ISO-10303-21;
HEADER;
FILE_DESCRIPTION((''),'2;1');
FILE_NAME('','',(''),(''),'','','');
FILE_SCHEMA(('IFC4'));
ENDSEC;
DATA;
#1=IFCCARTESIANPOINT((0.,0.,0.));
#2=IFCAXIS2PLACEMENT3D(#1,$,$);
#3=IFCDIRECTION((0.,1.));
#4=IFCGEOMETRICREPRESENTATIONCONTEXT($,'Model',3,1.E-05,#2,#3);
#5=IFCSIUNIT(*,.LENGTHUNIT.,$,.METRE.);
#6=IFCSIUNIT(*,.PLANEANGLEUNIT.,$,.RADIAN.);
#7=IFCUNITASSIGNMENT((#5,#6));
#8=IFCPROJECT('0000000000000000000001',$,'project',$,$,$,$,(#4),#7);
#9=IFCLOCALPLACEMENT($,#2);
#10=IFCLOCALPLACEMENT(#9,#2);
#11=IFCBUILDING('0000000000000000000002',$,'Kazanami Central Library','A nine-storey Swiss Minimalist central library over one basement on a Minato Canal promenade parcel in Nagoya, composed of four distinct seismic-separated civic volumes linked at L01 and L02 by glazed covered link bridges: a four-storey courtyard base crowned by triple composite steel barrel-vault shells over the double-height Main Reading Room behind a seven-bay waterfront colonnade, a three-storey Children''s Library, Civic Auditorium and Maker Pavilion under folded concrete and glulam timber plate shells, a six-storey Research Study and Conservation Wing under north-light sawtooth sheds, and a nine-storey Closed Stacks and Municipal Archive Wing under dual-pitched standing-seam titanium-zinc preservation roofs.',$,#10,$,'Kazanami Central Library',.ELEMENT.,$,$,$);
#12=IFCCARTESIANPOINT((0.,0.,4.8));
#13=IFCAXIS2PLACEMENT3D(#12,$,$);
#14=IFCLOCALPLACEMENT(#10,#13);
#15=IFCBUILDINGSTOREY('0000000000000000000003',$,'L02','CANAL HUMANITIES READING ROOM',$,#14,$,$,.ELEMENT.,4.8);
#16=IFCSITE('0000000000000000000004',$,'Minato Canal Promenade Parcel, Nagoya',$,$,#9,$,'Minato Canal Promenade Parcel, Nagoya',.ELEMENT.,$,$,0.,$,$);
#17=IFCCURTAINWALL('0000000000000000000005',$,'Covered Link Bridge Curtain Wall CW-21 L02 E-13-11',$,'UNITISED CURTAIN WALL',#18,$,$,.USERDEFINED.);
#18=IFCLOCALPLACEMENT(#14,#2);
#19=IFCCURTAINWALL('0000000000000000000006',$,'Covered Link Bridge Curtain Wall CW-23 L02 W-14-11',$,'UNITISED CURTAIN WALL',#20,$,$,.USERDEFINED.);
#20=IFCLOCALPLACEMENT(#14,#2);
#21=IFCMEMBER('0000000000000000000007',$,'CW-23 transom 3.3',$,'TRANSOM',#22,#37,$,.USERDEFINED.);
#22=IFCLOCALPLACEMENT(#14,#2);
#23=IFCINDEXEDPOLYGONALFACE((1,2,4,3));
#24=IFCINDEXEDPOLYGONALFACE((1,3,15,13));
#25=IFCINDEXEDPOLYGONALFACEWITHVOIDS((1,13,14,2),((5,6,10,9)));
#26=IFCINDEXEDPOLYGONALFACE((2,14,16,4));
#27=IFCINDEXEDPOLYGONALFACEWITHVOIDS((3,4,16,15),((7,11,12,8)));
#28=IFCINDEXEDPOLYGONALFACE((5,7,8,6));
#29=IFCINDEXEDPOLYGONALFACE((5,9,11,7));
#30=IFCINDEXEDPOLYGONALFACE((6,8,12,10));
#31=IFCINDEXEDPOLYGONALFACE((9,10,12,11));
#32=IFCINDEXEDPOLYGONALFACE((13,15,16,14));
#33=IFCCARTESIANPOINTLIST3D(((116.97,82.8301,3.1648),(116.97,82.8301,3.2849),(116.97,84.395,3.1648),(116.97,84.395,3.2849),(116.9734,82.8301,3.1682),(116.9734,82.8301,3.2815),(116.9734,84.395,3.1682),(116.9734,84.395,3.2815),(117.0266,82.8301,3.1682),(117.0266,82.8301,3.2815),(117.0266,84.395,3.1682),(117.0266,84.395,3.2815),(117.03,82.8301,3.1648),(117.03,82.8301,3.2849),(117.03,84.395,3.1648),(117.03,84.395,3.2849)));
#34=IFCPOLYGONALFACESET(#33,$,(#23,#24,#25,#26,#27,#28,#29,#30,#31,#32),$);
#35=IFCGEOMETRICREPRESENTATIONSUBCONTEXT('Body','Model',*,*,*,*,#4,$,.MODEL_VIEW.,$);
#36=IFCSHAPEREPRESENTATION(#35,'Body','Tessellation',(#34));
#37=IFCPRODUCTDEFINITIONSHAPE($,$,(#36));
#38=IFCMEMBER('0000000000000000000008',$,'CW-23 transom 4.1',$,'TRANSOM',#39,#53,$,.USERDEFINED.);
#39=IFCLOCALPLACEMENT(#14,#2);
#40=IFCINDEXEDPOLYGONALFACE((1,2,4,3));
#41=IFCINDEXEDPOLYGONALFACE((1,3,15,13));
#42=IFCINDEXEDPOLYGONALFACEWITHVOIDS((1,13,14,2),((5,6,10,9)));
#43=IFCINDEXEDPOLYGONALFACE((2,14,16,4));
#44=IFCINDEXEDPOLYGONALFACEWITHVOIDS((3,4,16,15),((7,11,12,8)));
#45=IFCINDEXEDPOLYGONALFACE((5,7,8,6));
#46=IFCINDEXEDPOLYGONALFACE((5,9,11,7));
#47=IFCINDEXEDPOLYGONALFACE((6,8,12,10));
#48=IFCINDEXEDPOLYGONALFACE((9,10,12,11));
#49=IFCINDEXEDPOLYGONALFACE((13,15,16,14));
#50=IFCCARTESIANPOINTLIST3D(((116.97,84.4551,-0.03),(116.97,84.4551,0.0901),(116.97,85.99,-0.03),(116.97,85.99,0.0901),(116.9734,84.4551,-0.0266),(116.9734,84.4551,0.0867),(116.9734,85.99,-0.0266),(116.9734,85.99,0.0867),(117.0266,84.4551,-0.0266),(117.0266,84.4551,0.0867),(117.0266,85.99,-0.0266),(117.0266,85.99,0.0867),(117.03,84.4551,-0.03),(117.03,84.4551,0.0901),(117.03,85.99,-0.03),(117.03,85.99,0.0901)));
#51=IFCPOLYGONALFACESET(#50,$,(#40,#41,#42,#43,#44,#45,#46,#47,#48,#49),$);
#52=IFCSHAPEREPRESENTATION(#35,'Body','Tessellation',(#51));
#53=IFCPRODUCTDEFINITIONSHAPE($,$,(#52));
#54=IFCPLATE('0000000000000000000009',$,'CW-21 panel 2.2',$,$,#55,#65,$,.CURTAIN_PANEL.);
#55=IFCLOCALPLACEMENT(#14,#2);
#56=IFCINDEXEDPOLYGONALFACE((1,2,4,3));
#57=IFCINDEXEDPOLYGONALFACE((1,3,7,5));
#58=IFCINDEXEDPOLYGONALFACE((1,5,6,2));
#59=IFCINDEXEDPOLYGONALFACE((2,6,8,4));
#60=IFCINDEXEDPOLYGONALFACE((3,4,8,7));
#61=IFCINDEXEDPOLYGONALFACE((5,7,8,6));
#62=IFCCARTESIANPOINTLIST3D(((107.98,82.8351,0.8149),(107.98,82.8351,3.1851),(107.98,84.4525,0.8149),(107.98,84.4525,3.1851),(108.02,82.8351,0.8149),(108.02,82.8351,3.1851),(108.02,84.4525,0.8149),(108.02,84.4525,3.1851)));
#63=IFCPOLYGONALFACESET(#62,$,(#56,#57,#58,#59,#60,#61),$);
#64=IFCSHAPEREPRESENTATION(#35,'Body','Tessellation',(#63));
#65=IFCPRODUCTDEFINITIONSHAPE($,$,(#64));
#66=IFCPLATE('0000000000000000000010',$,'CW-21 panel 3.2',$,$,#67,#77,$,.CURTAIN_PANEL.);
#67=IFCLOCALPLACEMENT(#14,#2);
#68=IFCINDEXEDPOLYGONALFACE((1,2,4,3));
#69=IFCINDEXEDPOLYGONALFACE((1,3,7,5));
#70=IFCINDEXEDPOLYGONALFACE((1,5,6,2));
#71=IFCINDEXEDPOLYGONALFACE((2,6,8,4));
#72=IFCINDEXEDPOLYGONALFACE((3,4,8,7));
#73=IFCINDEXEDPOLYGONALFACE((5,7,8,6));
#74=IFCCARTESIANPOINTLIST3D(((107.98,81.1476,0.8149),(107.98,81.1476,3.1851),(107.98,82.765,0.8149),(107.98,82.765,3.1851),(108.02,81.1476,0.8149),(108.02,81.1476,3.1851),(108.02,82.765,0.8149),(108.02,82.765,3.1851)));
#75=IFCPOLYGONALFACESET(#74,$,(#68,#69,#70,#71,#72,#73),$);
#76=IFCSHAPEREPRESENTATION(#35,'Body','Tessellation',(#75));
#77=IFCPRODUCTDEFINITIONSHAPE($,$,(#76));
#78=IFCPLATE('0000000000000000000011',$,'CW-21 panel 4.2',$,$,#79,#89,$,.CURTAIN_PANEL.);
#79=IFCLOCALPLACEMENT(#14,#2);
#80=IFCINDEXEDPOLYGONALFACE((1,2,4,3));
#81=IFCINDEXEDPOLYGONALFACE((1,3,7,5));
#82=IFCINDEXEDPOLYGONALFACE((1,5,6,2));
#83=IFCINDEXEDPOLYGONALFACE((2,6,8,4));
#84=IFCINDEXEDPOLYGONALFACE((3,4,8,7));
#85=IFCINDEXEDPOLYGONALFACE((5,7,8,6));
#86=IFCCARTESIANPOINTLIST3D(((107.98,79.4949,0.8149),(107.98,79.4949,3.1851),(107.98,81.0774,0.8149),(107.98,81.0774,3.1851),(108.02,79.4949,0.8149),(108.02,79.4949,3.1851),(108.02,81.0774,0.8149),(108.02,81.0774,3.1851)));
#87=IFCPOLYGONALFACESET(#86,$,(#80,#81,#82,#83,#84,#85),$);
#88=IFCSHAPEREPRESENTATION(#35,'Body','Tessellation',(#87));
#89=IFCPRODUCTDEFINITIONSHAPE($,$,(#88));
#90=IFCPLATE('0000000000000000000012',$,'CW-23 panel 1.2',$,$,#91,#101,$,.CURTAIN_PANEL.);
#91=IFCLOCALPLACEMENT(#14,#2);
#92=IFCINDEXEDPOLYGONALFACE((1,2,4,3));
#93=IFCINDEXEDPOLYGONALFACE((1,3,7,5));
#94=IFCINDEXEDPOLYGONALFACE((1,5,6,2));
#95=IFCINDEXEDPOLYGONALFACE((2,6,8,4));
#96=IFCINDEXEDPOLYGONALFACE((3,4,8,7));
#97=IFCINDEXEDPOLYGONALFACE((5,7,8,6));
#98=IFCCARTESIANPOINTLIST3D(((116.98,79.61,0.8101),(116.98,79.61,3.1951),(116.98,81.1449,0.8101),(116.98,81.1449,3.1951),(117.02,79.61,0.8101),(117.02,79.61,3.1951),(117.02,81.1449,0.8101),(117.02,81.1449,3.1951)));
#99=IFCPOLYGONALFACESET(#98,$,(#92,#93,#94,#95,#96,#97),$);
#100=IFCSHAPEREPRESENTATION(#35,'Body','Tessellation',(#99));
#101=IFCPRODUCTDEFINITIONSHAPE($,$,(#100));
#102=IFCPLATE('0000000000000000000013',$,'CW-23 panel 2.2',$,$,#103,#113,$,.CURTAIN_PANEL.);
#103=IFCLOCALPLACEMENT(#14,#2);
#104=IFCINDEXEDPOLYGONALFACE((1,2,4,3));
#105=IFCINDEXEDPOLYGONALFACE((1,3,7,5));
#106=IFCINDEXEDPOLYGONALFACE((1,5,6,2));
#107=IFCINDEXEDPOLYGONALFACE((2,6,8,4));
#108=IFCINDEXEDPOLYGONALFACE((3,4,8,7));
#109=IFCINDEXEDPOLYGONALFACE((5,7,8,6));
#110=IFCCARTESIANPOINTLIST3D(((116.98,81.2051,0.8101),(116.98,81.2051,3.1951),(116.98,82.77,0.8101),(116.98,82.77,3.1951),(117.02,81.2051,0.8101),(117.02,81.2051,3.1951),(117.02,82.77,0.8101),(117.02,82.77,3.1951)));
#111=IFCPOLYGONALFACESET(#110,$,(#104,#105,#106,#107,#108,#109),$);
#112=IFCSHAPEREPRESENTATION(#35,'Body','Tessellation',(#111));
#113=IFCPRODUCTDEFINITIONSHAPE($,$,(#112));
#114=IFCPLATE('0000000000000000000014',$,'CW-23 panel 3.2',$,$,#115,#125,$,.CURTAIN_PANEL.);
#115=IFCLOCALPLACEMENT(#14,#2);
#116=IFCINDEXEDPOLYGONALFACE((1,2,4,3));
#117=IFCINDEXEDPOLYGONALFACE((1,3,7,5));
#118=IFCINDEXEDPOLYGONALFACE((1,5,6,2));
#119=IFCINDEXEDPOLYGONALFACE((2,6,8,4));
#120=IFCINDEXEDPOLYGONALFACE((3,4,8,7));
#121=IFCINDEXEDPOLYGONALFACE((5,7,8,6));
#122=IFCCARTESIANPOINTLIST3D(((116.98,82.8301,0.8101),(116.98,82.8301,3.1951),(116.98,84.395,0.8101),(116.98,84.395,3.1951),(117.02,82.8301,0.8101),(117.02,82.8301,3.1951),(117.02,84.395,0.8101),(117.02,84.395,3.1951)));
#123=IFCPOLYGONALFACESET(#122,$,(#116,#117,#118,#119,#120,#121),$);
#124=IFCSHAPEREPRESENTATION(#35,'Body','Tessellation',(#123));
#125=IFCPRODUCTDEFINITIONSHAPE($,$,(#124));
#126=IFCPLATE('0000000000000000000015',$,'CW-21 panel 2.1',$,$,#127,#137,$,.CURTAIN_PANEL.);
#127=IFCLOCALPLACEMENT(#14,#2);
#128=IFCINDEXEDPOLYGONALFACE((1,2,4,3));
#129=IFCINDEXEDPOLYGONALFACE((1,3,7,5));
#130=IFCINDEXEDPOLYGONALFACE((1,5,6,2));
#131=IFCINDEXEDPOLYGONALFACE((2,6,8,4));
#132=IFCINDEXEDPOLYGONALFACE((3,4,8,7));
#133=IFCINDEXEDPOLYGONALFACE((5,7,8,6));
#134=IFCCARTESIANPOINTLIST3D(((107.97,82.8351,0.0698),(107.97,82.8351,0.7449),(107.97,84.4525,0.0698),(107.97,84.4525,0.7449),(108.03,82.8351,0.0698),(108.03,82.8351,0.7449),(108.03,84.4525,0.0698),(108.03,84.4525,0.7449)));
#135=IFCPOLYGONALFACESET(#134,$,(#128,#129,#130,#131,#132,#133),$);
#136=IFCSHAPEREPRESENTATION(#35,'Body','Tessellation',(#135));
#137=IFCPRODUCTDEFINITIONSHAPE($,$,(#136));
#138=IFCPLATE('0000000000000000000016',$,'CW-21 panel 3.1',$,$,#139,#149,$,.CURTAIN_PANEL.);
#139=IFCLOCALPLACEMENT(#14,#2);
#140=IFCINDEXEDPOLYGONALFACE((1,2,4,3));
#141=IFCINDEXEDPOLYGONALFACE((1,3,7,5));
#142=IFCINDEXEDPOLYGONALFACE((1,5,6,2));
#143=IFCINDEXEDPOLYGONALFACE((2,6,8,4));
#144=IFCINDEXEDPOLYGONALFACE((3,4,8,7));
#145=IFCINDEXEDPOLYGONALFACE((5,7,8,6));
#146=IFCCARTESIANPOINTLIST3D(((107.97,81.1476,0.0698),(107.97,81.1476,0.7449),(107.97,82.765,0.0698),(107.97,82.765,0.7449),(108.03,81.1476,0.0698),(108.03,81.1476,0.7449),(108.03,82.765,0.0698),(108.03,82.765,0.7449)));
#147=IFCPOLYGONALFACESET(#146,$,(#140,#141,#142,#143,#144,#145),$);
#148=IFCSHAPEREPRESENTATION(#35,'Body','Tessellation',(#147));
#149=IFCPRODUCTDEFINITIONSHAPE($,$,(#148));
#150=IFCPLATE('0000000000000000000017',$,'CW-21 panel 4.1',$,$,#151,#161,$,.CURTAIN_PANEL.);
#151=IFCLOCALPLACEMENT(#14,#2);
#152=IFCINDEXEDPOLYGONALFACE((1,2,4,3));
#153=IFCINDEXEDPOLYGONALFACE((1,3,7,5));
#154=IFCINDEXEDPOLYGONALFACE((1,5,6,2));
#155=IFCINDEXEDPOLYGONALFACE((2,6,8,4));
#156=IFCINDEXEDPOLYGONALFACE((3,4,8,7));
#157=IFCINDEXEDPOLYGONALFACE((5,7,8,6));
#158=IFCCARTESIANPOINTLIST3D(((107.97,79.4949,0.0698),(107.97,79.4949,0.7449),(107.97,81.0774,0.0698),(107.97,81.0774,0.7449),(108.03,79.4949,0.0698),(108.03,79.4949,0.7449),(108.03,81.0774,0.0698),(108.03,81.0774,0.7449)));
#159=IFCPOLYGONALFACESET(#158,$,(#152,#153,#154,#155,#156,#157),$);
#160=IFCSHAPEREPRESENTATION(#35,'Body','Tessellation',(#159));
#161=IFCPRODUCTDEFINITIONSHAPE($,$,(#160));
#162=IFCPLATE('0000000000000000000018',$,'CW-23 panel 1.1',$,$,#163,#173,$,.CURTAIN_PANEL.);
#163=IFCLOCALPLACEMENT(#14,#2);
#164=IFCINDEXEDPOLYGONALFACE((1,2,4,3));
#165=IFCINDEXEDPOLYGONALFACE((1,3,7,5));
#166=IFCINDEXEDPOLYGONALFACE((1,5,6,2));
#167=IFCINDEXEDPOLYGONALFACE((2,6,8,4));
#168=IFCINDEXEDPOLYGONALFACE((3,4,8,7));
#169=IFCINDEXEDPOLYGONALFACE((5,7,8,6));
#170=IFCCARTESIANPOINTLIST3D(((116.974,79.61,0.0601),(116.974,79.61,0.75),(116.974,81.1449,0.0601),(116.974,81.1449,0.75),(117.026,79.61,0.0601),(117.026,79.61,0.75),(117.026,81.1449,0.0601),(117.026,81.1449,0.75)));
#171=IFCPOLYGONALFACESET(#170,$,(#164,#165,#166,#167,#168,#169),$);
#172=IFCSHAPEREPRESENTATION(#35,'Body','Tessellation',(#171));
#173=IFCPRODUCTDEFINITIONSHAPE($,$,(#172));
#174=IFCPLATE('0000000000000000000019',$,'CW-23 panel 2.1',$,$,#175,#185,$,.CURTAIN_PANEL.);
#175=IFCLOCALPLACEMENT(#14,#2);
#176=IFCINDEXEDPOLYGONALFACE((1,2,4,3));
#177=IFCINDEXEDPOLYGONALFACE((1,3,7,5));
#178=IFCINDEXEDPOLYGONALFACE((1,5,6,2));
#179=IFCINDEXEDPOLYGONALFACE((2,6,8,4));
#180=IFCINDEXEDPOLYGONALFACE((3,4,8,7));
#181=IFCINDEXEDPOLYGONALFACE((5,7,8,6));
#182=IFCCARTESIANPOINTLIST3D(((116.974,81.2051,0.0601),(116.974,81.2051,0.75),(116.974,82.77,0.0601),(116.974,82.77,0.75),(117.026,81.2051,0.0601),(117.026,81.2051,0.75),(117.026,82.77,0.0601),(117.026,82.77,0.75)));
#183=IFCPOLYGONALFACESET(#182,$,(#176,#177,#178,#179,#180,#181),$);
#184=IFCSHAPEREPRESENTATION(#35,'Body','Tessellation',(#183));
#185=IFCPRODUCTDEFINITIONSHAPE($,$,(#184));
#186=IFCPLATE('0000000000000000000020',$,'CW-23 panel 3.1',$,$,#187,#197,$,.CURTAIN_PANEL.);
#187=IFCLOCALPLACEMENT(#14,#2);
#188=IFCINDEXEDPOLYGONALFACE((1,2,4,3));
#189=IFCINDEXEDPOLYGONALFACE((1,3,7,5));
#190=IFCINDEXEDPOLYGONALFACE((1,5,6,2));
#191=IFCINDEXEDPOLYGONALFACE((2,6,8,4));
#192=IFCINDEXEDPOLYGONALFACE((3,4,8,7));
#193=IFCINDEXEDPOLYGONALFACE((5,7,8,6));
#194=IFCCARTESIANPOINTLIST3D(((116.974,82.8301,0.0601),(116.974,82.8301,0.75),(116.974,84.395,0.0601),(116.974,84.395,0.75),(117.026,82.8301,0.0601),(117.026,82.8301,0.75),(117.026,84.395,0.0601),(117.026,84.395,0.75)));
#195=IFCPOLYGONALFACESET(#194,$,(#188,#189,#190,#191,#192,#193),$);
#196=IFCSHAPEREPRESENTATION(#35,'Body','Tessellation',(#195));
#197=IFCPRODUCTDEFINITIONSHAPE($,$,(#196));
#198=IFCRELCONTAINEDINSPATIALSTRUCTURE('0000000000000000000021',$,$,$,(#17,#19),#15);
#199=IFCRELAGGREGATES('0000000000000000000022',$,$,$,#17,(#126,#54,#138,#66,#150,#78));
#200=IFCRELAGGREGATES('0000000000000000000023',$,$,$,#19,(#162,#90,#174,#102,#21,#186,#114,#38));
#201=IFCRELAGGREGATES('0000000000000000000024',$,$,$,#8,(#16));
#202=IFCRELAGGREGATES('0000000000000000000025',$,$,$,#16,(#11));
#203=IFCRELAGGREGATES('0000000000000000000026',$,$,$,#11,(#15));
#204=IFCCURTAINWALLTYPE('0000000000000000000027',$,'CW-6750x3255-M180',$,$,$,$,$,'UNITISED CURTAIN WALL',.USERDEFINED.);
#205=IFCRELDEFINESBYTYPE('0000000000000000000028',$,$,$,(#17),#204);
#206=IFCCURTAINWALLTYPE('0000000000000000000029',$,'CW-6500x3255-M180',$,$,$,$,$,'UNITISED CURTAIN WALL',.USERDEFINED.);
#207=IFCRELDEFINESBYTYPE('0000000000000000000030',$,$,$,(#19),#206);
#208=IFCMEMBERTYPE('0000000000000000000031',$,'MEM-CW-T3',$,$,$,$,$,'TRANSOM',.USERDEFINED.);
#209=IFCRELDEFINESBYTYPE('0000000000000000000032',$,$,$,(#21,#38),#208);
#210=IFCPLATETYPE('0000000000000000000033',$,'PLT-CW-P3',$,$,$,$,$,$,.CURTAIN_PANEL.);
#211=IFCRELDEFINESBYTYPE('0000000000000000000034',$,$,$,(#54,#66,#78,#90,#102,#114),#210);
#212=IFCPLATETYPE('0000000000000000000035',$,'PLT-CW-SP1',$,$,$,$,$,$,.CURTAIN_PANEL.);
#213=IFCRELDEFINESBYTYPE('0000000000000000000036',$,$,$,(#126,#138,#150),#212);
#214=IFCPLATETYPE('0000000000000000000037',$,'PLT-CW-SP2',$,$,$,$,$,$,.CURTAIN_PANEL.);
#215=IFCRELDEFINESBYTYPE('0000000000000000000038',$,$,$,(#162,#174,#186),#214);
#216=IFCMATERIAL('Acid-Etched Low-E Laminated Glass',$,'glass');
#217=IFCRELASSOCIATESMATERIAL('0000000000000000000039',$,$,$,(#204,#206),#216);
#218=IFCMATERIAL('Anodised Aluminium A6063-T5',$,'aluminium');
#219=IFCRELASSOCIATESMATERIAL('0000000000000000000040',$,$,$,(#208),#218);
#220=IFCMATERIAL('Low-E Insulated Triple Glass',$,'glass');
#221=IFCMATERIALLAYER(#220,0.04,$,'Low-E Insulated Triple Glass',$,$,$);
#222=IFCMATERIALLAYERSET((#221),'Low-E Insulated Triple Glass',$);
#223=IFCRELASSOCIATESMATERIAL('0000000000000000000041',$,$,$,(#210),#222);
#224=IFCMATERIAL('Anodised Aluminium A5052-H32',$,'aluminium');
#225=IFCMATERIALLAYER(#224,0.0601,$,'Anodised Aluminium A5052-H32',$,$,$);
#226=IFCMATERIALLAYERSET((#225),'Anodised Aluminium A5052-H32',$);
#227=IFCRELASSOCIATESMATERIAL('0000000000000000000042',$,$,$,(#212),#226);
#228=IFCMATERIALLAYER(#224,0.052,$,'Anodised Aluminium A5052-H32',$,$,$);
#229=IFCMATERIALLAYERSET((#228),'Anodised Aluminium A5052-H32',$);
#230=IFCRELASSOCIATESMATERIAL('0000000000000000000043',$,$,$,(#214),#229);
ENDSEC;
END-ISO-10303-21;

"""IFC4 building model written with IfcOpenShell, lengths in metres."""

from ifc_helpers import new_model, si_unit, direction, frame, origin, origin_2d, place, context, subcontext, project, spatial, rectangle, hollow_rectangle, extrude, material, layer, layer_set, material_profile, profile_set, type_object, element, aggregate, save


model = new_model("IFC4")

# Units and contexts
model_context = context("Model", 3, precision=1e-05, world=origin(), true_north=direction((0.0, 1.0)))
body_context = subcontext(model_context, "Body", "Model", "MODEL_VIEW")
ifc_project = project(units=[si_unit("LENGTHUNIT", "METRE"), si_unit("PLANEANGLEUNIT", "RADIAN")], contexts=[model_context])

# Site, building, storey
site_placement = place(None, origin())
site = spatial("IfcSite", under=ifc_project, at=site_placement, Name="Minato Canal Promenade Parcel, Nagoya", LongName="Minato Canal Promenade Parcel, Nagoya", CompositionType="ELEMENT", RefElevation=0.0)
building_placement = place(site_placement, origin())
building = spatial("IfcBuilding", under=site, at=building_placement, Name="Kazanami Central Library", Description="A nine-storey Swiss Minimalist central library over one basement on a Minato Canal promenade parcel in Nagoya, composed of four distinct seismic-separated civic volumes linked at L01 and L02 by glazed covered link bridges: a four-storey courtyard base crowned by triple composite steel barrel-vault shells over the double-height Main Reading Room behind a seven-bay waterfront colonnade, a three-storey Children's Library, Civic Auditorium and Maker Pavilion under folded concrete and glulam timber plate shells, a six-storey Research Study and Conservation Wing under north-light sawtooth sheds, and a nine-storey Closed Stacks and Municipal Archive Wing under dual-pitched standing-seam titanium-zinc preservation roofs.", LongName="Kazanami Central Library", CompositionType="ELEMENT")
storey_placement = place(building_placement, frame((0.0, 0.0, 4.8)))
storey = spatial("IfcBuildingStorey", under=building, at=storey_placement, Name="L02", Description="CANAL HUMANITIES READING ROOM", CompositionType="ELEMENT", Elevation=4.8)

# Curtain walls
ifc_material_1 = material(Name="Acid-Etched Low-E Laminated Glass", Category="glass")
curtain_wall_type_1 = type_object("IfcCurtainWallType", Name="CW-6750x3255-M180", ElementType="UNITISED CURTAIN WALL", PredefinedType="USERDEFINED", material=ifc_material_1)
curtain_wall_1_placement = place(storey_placement, origin())
curtain_wall_1 = element("IfcCurtainWall", 1, at=curtain_wall_1_placement, inside=storey, type_object=curtain_wall_type_1, Name="Covered Link Bridge Curtain Wall CW-21 L02 E-13-11", ObjectType="UNITISED CURTAIN WALL", PredefinedType="USERDEFINED")
ifc_material_2 = material(Name="Anodised Aluminium A6063-T5", Category="aluminium")
curtain_wall_type_2 = type_object("IfcCurtainWallType", Name="CW-6500x3255-M180", ElementType="UNITISED CURTAIN WALL", PredefinedType="USERDEFINED", material=ifc_material_1)
curtain_wall_2_placement = place(storey_placement, origin())
curtain_wall_2 = element("IfcCurtainWall", 2, at=curtain_wall_2_placement, inside=storey, type_object=curtain_wall_type_2, Name="Covered Link Bridge Curtain Wall CW-23 L02 W-14-11", ObjectType="UNITISED CURTAIN WALL", PredefinedType="USERDEFINED")

# Members
ifc_material_profile_1 = material_profile(ifc_material_2, hollow_rectangle(XDim=0.0601, YDim=0.1201, WallThickness=0.0034, at=origin_2d()), Name="ALU-TRAN-60x120x3.5")
ifc_profile_set_1 = profile_set([ifc_material_profile_1], Name="Anodised Aluminium A6063-T5")
member_type_1 = type_object("IfcMemberType", Name="MEM-CW-T3", ElementType="TRANSOM", PredefinedType="USERDEFINED", material=ifc_profile_set_1)
member_1_placement = place(storey_placement, frame((117.0, 82.8301, 3.2249), z_axis=(0.0, 1.0, 0.0), x_axis=(-1.0, 0.0, 0.0)))
member_1 = element("IfcMember", 3, at=member_1_placement, type_object=member_type_1, Name="CW-23 transom 3.3", ObjectType="TRANSOM", PredefinedType="USERDEFINED", context=body_context, shape_type="SweptSolid", body=[
    extrude(hollow_rectangle(XDim=0.0601, YDim=0.1201, WallThickness=0.0034, at=origin_2d()), origin(), (0.0, 0.0, 1.0), 1.5649),
])
member_2_placement = place(storey_placement, frame((117.0, 84.4551, 0.03), z_axis=(0.0, 1.0, 0.0), x_axis=(-1.0, 0.0, 0.0)))
member_2 = element("IfcMember", 4, at=member_2_placement, type_object=member_type_1, Name="CW-23 transom 4.1", ObjectType="TRANSOM", PredefinedType="USERDEFINED", context=body_context, shape_type="SweptSolid", body=[
    extrude(hollow_rectangle(XDim=0.0601, YDim=0.1201, WallThickness=0.0034, at=origin_2d()), origin(), (0.0, 0.0, 1.0), 1.5349),
])

# Plates
ifc_material_3 = material(Name="Low-E Insulated Triple Glass", Category="glass")
ifc_layer_1 = layer(ifc_material_3, 0.04, Name="Low-E Insulated Triple Glass")
ifc_layer_set_1 = layer_set([ifc_layer_1], Name="Low-E Insulated Triple Glass")
plate_type_1 = type_object("IfcPlateType", Name="PLT-CW-P3", PredefinedType="CURTAIN_PANEL", material=ifc_layer_set_1)
plate_1_placement = place(storey_placement, frame((108.0, 83.6438, 0.8149), z_axis=(0.0, 0.0, 1.0), x_axis=(0.0, -1.0, 0.0)))
plate_1 = element("IfcPlate", 5, at=plate_1_placement, type_object=plate_type_1, Name="CW-21 panel 2.2", PredefinedType="CURTAIN_PANEL", context=body_context, shape_type="SweptSolid", body=[
    extrude(rectangle(XDim=1.6174, YDim=0.04, at=origin_2d()), origin(), (0.0, 0.0, 1.0), 2.3701),
])
plate_2_placement = place(storey_placement, frame((108.0, 81.9563, 0.8149), z_axis=(0.0, 0.0, 1.0), x_axis=(0.0, -1.0, 0.0)))
plate_2 = element("IfcPlate", 6, at=plate_2_placement, type_object=plate_type_1, Name="CW-21 panel 3.2", PredefinedType="CURTAIN_PANEL", context=body_context, shape_type="SweptSolid", body=[
    extrude(rectangle(XDim=1.6174, YDim=0.04, at=origin_2d()), origin(), (0.0, 0.0, 1.0), 2.3701),
])
plate_3_placement = place(storey_placement, frame((108.0, 80.2861, 0.8149), z_axis=(0.0, 0.0, 1.0), x_axis=(0.0, -1.0, 0.0)))
plate_3 = element("IfcPlate", 7, at=plate_3_placement, type_object=plate_type_1, Name="CW-21 panel 4.2", PredefinedType="CURTAIN_PANEL", context=body_context, shape_type="SweptSolid", body=[
    extrude(rectangle(XDim=1.5825, YDim=0.04, at=origin_2d()), origin(), (0.0, 0.0, 1.0), 2.3701),
])
plate_4_placement = place(storey_placement, frame((117.0, 80.3774, 0.8101), z_axis=(0.0, 0.0, 1.0), x_axis=(0.0, 1.0, 0.0)))
plate_4 = element("IfcPlate", 8, at=plate_4_placement, type_object=plate_type_1, Name="CW-23 panel 1.2", PredefinedType="CURTAIN_PANEL", context=body_context, shape_type="SweptSolid", body=[
    extrude(rectangle(XDim=1.5349, YDim=0.04, at=origin_2d()), origin(), (0.0, 0.0, 1.0), 2.385),
])
plate_5_placement = place(storey_placement, frame((117.0, 81.9875, 0.8101), z_axis=(0.0, 0.0, 1.0), x_axis=(0.0, 1.0, 0.0)))
plate_5 = element("IfcPlate", 9, at=plate_5_placement, type_object=plate_type_1, Name="CW-23 panel 2.2", PredefinedType="CURTAIN_PANEL", context=body_context, shape_type="SweptSolid", body=[
    extrude(rectangle(XDim=1.5649, YDim=0.04, at=origin_2d()), origin(), (0.0, 0.0, 1.0), 2.385),
])
plate_6_placement = place(storey_placement, frame((117.0, 83.6125, 0.8101), z_axis=(0.0, 0.0, 1.0), x_axis=(0.0, 1.0, 0.0)))
plate_6 = element("IfcPlate", 10, at=plate_6_placement, type_object=plate_type_1, Name="CW-23 panel 3.2", PredefinedType="CURTAIN_PANEL", context=body_context, shape_type="SweptSolid", body=[
    extrude(rectangle(XDim=1.5649, YDim=0.04, at=origin_2d()), origin(), (0.0, 0.0, 1.0), 2.385),
])
ifc_material_4 = material(Name="Anodised Aluminium A5052-H32", Category="aluminium")
ifc_layer_2 = layer(ifc_material_4, 0.0601, Name="Anodised Aluminium A5052-H32")
ifc_layer_set_2 = layer_set([ifc_layer_2], Name="Anodised Aluminium A5052-H32")
plate_type_2 = type_object("IfcPlateType", Name="PLT-CW-SP1", PredefinedType="CURTAIN_PANEL", material=ifc_layer_set_2)
plate_7_placement = place(storey_placement, frame((108.0, 83.6438, 0.0698), z_axis=(0.0, 0.0, 1.0), x_axis=(0.0, -1.0, 0.0)))
plate_7 = element("IfcPlate", 11, at=plate_7_placement, type_object=plate_type_2, Name="CW-21 panel 2.1", PredefinedType="CURTAIN_PANEL", context=body_context, shape_type="SweptSolid", body=[
    extrude(rectangle(XDim=1.6174, YDim=0.0601, at=origin_2d()), origin(), (0.0, 0.0, 1.0), 0.675),
])
plate_8_placement = place(storey_placement, frame((108.0, 81.9563, 0.0698), z_axis=(0.0, 0.0, 1.0), x_axis=(0.0, -1.0, 0.0)))
plate_8 = element("IfcPlate", 12, at=plate_8_placement, type_object=plate_type_2, Name="CW-21 panel 3.1", PredefinedType="CURTAIN_PANEL", context=body_context, shape_type="SweptSolid", body=[
    extrude(rectangle(XDim=1.6174, YDim=0.0601, at=origin_2d()), origin(), (0.0, 0.0, 1.0), 0.675),
])
plate_9_placement = place(storey_placement, frame((108.0, 80.2861, 0.0698), z_axis=(0.0, 0.0, 1.0), x_axis=(0.0, -1.0, 0.0)))
plate_9 = element("IfcPlate", 13, at=plate_9_placement, type_object=plate_type_2, Name="CW-21 panel 4.1", PredefinedType="CURTAIN_PANEL", context=body_context, shape_type="SweptSolid", body=[
    extrude(rectangle(XDim=1.5825, YDim=0.0601, at=origin_2d()), origin(), (0.0, 0.0, 1.0), 0.675),
])
aggregate(curtain_wall_1, [plate_7, plate_1, plate_8, plate_2, plate_9, plate_3])
ifc_layer_3 = layer(ifc_material_4, 0.052, Name="Anodised Aluminium A5052-H32")
ifc_layer_set_3 = layer_set([ifc_layer_3], Name="Anodised Aluminium A5052-H32")
plate_type_3 = type_object("IfcPlateType", Name="PLT-CW-SP2", PredefinedType="CURTAIN_PANEL", material=ifc_layer_set_3)
plate_10_placement = place(storey_placement, frame((117.0, 80.3774, 0.0601), z_axis=(0.0, 0.0, 1.0), x_axis=(0.0, 1.0, 0.0)))
plate_10 = element("IfcPlate", 14, at=plate_10_placement, type_object=plate_type_3, Name="CW-23 panel 1.1", PredefinedType="CURTAIN_PANEL", context=body_context, shape_type="SweptSolid", body=[
    extrude(rectangle(XDim=1.5349, YDim=0.052, at=origin_2d()), origin(), (0.0, 0.0, 1.0), 0.6899),
])
plate_11_placement = place(storey_placement, frame((117.0, 81.9875, 0.0601), z_axis=(0.0, 0.0, 1.0), x_axis=(0.0, 1.0, 0.0)))
plate_11 = element("IfcPlate", 15, at=plate_11_placement, type_object=plate_type_3, Name="CW-23 panel 2.1", PredefinedType="CURTAIN_PANEL", context=body_context, shape_type="SweptSolid", body=[
    extrude(rectangle(XDim=1.5649, YDim=0.052, at=origin_2d()), origin(), (0.0, 0.0, 1.0), 0.6899),
])
plate_12_placement = place(storey_placement, frame((117.0, 83.6125, 0.0601), z_axis=(0.0, 0.0, 1.0), x_axis=(0.0, 1.0, 0.0)))
plate_12 = element("IfcPlate", 16, at=plate_12_placement, type_object=plate_type_3, Name="CW-23 panel 3.1", PredefinedType="CURTAIN_PANEL", context=body_context, shape_type="SweptSolid", body=[
    extrude(rectangle(XDim=1.5649, YDim=0.052, at=origin_2d()), origin(), (0.0, 0.0, 1.0), 0.6899),
])
aggregate(curtain_wall_2, [plate_10, plate_4, plate_11, plate_5, member_1, plate_12, plate_6, member_2])

save(model, "model.ifc")
